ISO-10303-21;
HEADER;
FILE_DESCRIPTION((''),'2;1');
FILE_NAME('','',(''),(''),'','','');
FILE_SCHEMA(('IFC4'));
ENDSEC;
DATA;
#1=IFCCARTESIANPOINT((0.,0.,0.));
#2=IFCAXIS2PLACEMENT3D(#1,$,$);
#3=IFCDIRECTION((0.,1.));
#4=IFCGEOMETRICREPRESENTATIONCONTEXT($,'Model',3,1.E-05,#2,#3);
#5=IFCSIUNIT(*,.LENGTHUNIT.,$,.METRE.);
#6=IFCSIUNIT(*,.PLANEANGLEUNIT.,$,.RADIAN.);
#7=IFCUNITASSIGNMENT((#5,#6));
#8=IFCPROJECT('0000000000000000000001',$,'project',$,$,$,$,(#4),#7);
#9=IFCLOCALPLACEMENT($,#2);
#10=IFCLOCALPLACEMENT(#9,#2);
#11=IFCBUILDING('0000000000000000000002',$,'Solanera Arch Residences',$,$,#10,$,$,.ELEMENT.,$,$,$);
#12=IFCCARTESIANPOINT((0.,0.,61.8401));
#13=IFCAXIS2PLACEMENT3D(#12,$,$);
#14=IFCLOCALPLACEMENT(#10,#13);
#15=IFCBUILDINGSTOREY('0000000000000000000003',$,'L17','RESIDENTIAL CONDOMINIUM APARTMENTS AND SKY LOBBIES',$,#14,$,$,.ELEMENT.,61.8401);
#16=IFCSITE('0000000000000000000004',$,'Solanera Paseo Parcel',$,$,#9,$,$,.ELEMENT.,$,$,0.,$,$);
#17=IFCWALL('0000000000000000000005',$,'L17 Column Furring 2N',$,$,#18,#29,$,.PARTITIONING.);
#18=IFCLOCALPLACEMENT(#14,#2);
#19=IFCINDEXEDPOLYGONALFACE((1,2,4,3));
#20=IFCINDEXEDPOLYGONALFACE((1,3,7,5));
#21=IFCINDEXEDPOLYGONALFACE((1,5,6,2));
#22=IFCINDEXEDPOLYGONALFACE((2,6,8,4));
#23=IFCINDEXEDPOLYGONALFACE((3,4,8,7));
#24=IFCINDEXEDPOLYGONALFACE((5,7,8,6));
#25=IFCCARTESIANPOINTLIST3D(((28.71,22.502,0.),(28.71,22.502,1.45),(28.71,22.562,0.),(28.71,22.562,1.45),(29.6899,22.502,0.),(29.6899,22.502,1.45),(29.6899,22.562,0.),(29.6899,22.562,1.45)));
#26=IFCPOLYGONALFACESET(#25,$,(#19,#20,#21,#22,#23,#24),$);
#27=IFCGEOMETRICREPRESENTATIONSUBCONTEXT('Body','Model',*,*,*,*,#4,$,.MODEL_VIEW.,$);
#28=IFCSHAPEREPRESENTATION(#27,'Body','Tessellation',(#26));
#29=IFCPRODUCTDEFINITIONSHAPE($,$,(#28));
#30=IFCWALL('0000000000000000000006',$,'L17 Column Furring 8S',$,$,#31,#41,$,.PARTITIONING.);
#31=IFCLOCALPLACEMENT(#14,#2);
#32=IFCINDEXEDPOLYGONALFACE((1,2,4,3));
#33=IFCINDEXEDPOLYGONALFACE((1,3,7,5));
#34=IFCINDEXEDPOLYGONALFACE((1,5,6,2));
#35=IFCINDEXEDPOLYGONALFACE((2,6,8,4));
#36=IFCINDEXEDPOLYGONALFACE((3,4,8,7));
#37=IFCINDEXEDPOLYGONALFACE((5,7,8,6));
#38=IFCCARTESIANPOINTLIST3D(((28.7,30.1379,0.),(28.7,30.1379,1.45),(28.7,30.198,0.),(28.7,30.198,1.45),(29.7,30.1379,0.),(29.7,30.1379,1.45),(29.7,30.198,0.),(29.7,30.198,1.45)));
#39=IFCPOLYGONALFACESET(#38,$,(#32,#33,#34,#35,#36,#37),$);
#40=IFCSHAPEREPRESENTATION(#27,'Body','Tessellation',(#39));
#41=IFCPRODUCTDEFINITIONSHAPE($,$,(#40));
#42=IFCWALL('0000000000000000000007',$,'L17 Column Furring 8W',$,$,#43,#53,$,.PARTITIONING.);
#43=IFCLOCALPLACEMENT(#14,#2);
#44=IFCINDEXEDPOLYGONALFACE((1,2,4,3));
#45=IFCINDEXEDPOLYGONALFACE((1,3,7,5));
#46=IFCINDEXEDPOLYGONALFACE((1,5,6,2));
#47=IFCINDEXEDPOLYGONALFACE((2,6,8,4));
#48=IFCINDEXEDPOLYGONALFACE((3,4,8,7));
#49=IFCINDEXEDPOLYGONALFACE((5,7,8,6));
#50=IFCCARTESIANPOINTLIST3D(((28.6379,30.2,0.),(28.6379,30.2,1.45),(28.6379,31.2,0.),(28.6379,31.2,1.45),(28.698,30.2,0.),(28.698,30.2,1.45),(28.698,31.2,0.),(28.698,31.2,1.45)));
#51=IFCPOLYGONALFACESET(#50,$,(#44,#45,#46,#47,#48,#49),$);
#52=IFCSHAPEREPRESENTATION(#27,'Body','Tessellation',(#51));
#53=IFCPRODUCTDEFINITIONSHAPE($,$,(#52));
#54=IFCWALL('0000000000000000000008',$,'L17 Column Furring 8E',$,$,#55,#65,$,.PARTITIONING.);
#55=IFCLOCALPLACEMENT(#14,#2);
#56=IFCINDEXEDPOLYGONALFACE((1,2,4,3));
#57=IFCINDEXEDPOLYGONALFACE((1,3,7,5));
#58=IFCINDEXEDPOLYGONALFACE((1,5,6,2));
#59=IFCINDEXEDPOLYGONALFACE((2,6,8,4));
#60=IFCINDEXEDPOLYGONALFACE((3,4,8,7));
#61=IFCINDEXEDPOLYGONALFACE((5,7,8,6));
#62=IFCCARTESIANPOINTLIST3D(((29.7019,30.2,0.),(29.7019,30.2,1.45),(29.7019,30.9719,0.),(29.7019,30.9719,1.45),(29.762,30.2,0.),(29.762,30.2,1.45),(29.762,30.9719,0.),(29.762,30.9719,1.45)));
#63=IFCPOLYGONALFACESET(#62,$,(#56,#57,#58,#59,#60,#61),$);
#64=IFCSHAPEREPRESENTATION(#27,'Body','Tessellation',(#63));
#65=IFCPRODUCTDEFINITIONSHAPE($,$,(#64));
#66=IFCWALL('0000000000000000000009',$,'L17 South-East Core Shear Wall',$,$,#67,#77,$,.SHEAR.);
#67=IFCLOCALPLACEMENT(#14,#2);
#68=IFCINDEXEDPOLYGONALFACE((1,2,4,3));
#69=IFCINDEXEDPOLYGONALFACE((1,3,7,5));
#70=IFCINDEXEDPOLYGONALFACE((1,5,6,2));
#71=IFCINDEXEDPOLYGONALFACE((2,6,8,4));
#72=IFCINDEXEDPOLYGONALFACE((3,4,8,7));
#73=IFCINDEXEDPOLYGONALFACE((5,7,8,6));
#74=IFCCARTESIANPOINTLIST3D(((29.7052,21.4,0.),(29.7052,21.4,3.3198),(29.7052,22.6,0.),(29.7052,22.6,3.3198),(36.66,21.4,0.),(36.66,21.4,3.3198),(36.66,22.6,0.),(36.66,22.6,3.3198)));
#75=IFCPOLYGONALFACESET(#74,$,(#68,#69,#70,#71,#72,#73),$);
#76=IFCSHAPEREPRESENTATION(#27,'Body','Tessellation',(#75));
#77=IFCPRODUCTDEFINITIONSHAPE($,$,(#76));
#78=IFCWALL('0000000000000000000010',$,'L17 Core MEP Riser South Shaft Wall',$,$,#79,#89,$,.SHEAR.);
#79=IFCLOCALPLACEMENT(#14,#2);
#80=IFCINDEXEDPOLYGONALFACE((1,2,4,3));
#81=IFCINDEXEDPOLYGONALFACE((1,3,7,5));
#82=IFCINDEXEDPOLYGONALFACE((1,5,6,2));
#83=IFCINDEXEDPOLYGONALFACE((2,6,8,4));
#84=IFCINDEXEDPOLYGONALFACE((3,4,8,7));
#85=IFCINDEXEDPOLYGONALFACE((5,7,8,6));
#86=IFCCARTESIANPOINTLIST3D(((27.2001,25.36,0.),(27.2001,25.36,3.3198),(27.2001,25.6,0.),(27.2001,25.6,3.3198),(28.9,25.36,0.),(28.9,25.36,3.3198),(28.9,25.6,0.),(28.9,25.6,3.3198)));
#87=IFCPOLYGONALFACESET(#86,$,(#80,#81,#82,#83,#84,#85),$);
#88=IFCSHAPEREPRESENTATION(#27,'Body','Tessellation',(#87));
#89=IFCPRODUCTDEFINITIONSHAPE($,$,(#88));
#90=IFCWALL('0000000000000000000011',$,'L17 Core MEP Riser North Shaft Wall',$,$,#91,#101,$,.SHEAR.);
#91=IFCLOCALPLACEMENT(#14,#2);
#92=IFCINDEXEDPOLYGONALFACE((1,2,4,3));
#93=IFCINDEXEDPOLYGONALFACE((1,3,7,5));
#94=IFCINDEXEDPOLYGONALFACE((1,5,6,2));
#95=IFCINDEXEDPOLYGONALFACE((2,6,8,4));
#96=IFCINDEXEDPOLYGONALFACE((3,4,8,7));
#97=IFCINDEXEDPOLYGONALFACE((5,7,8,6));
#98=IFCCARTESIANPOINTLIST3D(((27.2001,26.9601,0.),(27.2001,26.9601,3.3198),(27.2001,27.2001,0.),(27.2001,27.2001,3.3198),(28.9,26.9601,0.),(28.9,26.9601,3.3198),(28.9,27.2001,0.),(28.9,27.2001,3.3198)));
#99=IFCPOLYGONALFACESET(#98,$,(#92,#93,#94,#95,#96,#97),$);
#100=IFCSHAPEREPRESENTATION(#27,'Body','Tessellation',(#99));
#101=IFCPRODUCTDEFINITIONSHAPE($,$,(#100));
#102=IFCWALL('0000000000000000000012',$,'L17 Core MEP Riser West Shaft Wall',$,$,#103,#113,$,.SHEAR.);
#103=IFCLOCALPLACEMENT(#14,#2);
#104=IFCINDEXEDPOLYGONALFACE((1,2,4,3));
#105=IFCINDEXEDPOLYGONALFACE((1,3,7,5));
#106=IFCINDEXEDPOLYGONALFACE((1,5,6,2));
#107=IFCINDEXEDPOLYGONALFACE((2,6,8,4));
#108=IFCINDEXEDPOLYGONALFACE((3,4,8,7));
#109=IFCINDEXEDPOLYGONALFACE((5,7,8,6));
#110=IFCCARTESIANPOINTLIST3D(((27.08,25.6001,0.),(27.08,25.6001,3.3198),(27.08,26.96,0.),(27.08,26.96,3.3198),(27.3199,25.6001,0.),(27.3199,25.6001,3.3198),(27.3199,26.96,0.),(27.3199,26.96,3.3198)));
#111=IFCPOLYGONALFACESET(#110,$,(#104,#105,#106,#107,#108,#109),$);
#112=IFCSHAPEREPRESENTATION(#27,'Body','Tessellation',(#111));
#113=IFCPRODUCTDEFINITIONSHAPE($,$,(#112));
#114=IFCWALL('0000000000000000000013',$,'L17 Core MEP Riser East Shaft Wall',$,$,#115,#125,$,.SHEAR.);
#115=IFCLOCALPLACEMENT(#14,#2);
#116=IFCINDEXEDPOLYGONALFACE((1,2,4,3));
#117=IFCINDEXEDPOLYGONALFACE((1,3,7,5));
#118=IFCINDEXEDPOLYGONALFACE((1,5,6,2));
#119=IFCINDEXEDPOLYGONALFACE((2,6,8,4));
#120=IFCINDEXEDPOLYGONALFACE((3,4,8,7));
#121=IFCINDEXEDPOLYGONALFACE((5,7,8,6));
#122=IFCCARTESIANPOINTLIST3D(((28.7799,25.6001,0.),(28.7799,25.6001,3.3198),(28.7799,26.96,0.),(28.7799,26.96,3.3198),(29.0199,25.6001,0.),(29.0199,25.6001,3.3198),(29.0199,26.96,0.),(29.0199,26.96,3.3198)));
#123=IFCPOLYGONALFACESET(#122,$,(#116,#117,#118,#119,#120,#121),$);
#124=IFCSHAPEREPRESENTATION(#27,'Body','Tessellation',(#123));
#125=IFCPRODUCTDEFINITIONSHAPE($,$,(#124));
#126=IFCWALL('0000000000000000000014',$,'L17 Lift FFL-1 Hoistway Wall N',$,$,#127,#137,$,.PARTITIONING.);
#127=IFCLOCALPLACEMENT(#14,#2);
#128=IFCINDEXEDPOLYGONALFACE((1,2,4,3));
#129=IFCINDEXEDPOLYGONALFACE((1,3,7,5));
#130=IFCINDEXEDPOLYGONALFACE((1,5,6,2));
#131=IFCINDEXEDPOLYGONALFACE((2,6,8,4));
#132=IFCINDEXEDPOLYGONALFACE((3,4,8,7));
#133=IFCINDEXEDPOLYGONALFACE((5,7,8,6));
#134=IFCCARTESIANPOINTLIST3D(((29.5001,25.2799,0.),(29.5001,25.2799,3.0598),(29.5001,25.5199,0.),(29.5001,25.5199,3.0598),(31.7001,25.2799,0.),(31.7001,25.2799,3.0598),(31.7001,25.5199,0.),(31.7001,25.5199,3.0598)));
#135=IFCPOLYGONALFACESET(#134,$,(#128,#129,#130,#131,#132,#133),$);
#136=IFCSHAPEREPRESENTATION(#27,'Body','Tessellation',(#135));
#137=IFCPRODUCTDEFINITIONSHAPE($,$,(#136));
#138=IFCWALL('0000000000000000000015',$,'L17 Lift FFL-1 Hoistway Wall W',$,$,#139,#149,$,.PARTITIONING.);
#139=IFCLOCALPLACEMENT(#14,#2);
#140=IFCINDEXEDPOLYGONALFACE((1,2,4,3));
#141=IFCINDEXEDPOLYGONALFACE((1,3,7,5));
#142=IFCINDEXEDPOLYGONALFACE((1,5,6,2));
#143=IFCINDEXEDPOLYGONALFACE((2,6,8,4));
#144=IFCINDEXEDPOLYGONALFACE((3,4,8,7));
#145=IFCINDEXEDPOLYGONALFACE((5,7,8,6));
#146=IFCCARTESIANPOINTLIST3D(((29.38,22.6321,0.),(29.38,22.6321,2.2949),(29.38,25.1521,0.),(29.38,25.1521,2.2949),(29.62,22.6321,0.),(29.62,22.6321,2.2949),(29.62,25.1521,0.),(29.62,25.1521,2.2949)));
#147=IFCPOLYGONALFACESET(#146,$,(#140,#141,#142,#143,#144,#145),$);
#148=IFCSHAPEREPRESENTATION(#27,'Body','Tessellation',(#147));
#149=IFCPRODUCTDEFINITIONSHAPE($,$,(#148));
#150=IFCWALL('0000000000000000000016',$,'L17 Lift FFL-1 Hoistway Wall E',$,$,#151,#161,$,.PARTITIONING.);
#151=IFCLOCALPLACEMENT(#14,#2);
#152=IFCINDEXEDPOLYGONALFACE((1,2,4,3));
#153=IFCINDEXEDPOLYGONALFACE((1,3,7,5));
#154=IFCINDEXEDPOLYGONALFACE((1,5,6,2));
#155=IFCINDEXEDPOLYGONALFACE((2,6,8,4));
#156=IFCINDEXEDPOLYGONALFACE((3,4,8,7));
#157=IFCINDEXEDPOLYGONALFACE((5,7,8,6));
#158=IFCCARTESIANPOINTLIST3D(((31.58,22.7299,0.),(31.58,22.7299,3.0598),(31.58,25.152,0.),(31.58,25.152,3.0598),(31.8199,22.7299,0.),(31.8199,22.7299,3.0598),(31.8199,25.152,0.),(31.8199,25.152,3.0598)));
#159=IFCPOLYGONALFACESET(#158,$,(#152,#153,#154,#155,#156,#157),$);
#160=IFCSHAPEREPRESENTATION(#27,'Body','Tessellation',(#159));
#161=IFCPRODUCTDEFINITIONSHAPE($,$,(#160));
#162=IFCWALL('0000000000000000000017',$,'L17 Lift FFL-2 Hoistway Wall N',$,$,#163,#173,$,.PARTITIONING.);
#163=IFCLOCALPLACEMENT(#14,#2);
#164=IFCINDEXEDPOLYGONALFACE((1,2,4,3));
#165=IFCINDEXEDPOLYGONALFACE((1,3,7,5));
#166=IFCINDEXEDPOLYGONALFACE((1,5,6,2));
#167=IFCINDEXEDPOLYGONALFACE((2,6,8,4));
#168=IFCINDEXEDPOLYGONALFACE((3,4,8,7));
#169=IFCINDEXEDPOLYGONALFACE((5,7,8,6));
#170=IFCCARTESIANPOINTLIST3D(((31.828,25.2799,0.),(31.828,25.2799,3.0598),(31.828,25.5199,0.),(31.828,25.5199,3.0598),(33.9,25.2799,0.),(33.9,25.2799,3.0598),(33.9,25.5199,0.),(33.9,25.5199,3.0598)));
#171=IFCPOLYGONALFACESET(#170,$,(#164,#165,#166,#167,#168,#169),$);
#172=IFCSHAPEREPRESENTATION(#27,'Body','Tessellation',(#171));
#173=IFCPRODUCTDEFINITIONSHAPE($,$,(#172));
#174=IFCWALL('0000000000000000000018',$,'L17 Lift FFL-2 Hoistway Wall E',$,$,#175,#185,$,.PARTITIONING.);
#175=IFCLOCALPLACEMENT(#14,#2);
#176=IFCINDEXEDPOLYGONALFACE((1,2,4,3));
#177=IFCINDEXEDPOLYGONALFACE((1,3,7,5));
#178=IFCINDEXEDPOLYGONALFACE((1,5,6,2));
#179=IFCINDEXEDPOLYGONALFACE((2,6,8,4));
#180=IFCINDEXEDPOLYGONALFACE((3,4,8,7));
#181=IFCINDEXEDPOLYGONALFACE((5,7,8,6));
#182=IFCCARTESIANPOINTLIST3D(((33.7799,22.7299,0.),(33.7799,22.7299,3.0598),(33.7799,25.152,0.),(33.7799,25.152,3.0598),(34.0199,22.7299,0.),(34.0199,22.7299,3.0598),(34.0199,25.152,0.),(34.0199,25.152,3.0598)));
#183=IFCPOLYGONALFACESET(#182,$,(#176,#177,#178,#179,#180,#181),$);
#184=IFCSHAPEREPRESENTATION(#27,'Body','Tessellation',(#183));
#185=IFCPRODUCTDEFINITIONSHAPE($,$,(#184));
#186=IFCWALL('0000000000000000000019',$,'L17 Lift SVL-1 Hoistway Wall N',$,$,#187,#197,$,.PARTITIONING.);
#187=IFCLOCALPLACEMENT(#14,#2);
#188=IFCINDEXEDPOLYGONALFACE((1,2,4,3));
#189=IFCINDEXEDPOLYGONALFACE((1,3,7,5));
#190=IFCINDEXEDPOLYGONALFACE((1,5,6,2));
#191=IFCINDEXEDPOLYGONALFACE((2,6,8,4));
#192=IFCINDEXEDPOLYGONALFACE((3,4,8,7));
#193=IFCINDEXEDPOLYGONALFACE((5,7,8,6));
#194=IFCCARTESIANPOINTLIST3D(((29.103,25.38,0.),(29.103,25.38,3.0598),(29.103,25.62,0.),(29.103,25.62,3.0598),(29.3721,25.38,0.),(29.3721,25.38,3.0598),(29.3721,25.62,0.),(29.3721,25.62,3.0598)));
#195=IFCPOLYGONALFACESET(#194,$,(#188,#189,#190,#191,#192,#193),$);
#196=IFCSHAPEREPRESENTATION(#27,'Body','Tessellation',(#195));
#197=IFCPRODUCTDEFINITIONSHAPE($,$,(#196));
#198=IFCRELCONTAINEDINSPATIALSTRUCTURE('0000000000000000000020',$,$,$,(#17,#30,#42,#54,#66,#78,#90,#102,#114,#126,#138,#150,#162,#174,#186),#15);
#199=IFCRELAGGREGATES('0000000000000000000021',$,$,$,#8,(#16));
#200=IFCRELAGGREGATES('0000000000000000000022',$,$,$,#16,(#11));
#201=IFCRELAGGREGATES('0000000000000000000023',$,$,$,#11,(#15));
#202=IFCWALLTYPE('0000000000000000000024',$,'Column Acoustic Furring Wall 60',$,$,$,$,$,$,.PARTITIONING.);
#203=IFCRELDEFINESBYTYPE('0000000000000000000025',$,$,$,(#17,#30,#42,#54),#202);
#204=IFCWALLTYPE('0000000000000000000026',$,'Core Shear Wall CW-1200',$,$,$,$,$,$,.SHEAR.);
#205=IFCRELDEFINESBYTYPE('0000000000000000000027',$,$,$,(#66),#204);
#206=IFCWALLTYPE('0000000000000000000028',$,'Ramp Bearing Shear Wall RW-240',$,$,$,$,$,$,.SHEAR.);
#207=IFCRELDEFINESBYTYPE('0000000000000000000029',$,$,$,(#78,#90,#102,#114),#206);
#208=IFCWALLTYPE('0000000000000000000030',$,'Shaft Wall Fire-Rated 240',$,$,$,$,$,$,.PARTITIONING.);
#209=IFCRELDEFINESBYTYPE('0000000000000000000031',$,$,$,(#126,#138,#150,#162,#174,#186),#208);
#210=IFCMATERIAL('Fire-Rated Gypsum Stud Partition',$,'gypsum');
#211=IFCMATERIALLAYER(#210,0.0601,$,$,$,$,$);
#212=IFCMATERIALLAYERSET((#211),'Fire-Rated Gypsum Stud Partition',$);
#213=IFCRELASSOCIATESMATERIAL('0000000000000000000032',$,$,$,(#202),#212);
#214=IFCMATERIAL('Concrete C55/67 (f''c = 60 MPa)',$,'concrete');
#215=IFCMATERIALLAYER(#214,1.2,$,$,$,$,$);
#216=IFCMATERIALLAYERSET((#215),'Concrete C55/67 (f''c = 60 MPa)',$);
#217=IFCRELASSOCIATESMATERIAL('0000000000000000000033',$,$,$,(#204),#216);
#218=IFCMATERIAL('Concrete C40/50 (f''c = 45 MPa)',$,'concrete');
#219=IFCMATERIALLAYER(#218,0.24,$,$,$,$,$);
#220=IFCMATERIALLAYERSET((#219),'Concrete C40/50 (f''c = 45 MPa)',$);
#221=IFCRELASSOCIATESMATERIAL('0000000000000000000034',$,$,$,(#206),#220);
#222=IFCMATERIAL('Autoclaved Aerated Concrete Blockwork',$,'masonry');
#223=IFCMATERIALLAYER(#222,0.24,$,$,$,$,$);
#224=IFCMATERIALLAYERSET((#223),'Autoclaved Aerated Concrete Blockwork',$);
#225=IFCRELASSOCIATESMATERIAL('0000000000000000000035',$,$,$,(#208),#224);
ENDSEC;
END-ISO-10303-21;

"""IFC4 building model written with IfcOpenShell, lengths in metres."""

from ifc_helpers import new_model, si_unit, direction, frame, frame_2d, origin, place, context, subcontext, project, spatial, rectangle, extrude, material, layer, layer_set, type_object, element, save


model = new_model("IFC4")

# Units and contexts
model_context = context("Model", 3, precision=1e-05, world=origin(), true_north=direction((0.0, 1.0)))
body_context = subcontext(model_context, "Body", "Model", "MODEL_VIEW")
ifc_project = project(units=[si_unit("LENGTHUNIT", "METRE"), si_unit("PLANEANGLEUNIT", "RADIAN")], contexts=[model_context])

# Site, building, storey
site_placement = place(None, origin())
site = spatial("IfcSite", under=ifc_project, at=site_placement, Name="Solanera Paseo Parcel", CompositionType="ELEMENT", RefElevation=0.0)
building_placement = place(site_placement, origin())
building = spatial("IfcBuilding", under=site, at=building_placement, Name="Solanera Arch Residences", CompositionType="ELEMENT")
storey_placement = place(building_placement, frame((0.0, 0.0, 61.8401)))
storey = spatial("IfcBuildingStorey", under=building, at=storey_placement, Name="L17", Description="RESIDENTIAL CONDOMINIUM APARTMENTS AND SKY LOBBIES", CompositionType="ELEMENT", Elevation=61.8401)

# Walls
ifc_material_1 = material(Name="Fire-Rated Gypsum Stud Partition", Category="gypsum")
ifc_layer_1 = layer(ifc_material_1, 0.0601)
ifc_layer_set_1 = layer_set([ifc_layer_1], Name="Fire-Rated Gypsum Stud Partition")
wall_type_1 = type_object("IfcWallType", Name="Column Acoustic Furring Wall 60", PredefinedType="PARTITIONING", material=ifc_layer_set_1)
wall_1_placement = place(storey_placement, frame((28.71, 22.532, 0.0), z_axis=(0.0, 0.0, 1.0), x_axis=(1.0, 0.0, 0.0)))
element("IfcWall", 1, at=wall_1_placement, inside=storey, type_object=wall_type_1, Name="L17 Column Furring 2N", PredefinedType="PARTITIONING", context=body_context, shape_type="SweptSolid", body=[
    extrude(rectangle(XDim=0.98, YDim=0.0601, at=frame_2d((0.49, 0.0))), origin(), (0.0, 0.0, 1.0), 1.45),
])
for number, where, z_axis, x_axis, name in (
    (2, (28.7, 30.168, 0.0), (0.0, 0.0, 1.0), (1.0, 0.0, 0.0), "L17 Column Furring 8S"),
    (3, (28.668, 30.2, 0.0), (0.0, 0.0, 1.0), (0.0, 1.0, 0.0), "L17 Column Furring 8W"),
):
    element("IfcWall", number, at=place(storey_placement, frame(where, z_axis=z_axis, x_axis=x_axis)), inside=storey, type_object=wall_type_1, Name=name, PredefinedType="PARTITIONING", context=body_context, shape_type="SweptSolid", body=[
        extrude(rectangle(XDim=1.0, YDim=0.0601, at=frame_2d((0.5, 0.0))), origin(), (0.0, 0.0, 1.0), 1.45),
    ])
wall_2_placement = place(storey_placement, frame((29.7319, 30.2, 0.0), z_axis=(0.0, 0.0, 1.0), x_axis=(0.0, 1.0, 0.0)))
element("IfcWall", 4, at=wall_2_placement, inside=storey, type_object=wall_type_1, Name="L17 Column Furring 8E", PredefinedType="PARTITIONING", context=body_context, shape_type="SweptSolid", body=[
    extrude(rectangle(XDim=0.772, YDim=0.0601, at=frame_2d((0.386, 0.0))), origin(), (0.0, 0.0, 1.0), 1.45),
])
ifc_material_2 = material(Name="Concrete C55/67 (f'c = 60 MPa)", Category="concrete")
ifc_layer_2 = layer(ifc_material_2, 1.2)
ifc_layer_set_2 = layer_set([ifc_layer_2], Name="Concrete C55/67 (f'c = 60 MPa)")
wall_type_2 = type_object("IfcWallType", Name="Core Shear Wall CW-1200", PredefinedType="SHEAR", material=ifc_layer_set_2)
wall_3_placement = place(storey_placement, frame((29.7051, 22.0, 0.0), z_axis=(0.0, 0.0, 1.0), x_axis=(1.0, 0.0, 0.0)))
element("IfcWall", 5, at=wall_3_placement, inside=storey, type_object=wall_type_2, Name="L17 South-East Core Shear Wall", PredefinedType="SHEAR", context=body_context, shape_type="SweptSolid", body=[
    extrude(rectangle(XDim=6.9548, YDim=1.2, at=frame_2d((3.4775, 0.0))), origin(), (0.0, 0.0, 1.0), 3.3198),
])
ifc_material_3 = material(Name="Concrete C40/50 (f'c = 45 MPa)", Category="concrete")
ifc_layer_3 = layer(ifc_material_3, 0.24)
ifc_layer_set_3 = layer_set([ifc_layer_3], Name="Concrete C40/50 (f'c = 45 MPa)")
wall_type_3 = type_object("IfcWallType", Name="Ramp Bearing Shear Wall RW-240", PredefinedType="SHEAR", material=ifc_layer_set_3)
for number, where, z_axis, x_axis, name in (
    (6, (27.2, 25.48, 0.0), (0.0, 0.0, 1.0), (1.0, 0.0, 0.0), "L17 Core MEP Riser South Shaft Wall"),
    (7, (27.2, 27.0801, 0.0), (0.0, 0.0, 1.0), (1.0, 0.0, 0.0), "L17 Core MEP Riser North Shaft Wall"),
):
    element("IfcWall", number, at=place(storey_placement, frame(where, z_axis=z_axis, x_axis=x_axis)), inside=storey, type_object=wall_type_3, Name=name, PredefinedType="SHEAR", context=body_context, shape_type="SweptSolid", body=[
        extrude(rectangle(XDim=1.7, YDim=0.24, at=frame_2d((0.8501, 0.0))), origin(), (0.0, 0.0, 1.0), 3.3198),
    ])
for number, where, z_axis, x_axis, name in (
    (8, (27.2, 25.6001, 0.0), (0.0, 0.0, 1.0), (0.0, 1.0, 0.0), "L17 Core MEP Riser West Shaft Wall"),
    (9, (28.8999, 25.6001, 0.0), (0.0, 0.0, 1.0), (0.0, 1.0, 0.0), "L17 Core MEP Riser East Shaft Wall"),
):
    element("IfcWall", number, at=place(storey_placement, frame(where, z_axis=z_axis, x_axis=x_axis)), inside=storey, type_object=wall_type_3, Name=name, PredefinedType="SHEAR", context=body_context, shape_type="SweptSolid", body=[
        extrude(rectangle(XDim=1.3599, YDim=0.24, at=frame_2d((0.6799, 0.0))), origin(), (0.0, 0.0, 1.0), 3.3198),
    ])
ifc_material_4 = material(Name="Autoclaved Aerated Concrete Blockwork", Category="masonry")
ifc_layer_4 = layer(ifc_material_4, 0.24)
ifc_layer_set_4 = layer_set([ifc_layer_4], Name="Autoclaved Aerated Concrete Blockwork")
wall_type_4 = type_object("IfcWallType", Name="Shaft Wall Fire-Rated 240", PredefinedType="PARTITIONING", material=ifc_layer_set_4)
wall_4_placement = place(storey_placement, frame((29.5, 25.3999, 0.0), z_axis=(0.0, 0.0, 1.0), x_axis=(1.0, 0.0, 0.0)))
element("IfcWall", 10, at=wall_4_placement, inside=storey, type_object=wall_type_4, Name="L17 Lift FFL-1 Hoistway Wall N", PredefinedType="PARTITIONING", context=body_context, shape_type="SweptSolid", body=[
    extrude(rectangle(XDim=2.2, YDim=0.24, at=frame_2d((1.1001, 0.0))), origin(), (0.0, 0.0, 1.0), 3.0598),
])
wall_5_placement = place(storey_placement, frame((29.5, 22.6321, 0.0), z_axis=(0.0, 0.0, 1.0), x_axis=(0.0, 1.0, 0.0)))
element("IfcWall", 11, at=wall_5_placement, inside=storey, type_object=wall_type_4, Name="L17 Lift FFL-1 Hoistway Wall W", PredefinedType="PARTITIONING", context=body_context, shape_type="SweptSolid", body=[
    extrude(rectangle(XDim=2.52, YDim=0.24, at=frame_2d((1.26, 0.0))), origin(), (0.0, 0.0, 1.0), 2.2949),
])
wall_6_placement = place(storey_placement, frame((31.7, 22.73, 0.0), z_axis=(0.0, 0.0, 1.0), x_axis=(0.0, 1.0, 0.0)))
element("IfcWall", 12, at=wall_6_placement, inside=storey, type_object=wall_type_4, Name="L17 Lift FFL-1 Hoistway Wall E", PredefinedType="PARTITIONING", context=body_context, shape_type="SweptSolid", body=[
    extrude(rectangle(XDim=2.4221, YDim=0.24, at=frame_2d((1.2109, 0.0))), origin(), (0.0, 0.0, 1.0), 3.0598),
])
wall_7_placement = place(storey_placement, frame((31.8279, 25.3999, 0.0), z_axis=(0.0, 0.0, 1.0), x_axis=(1.0, 0.0, 0.0)))
element("IfcWall", 13, at=wall_7_placement, inside=storey, type_object=wall_type_4, Name="L17 Lift FFL-2 Hoistway Wall N", PredefinedType="PARTITIONING", context=body_context, shape_type="SweptSolid", body=[
    extrude(rectangle(XDim=2.072, YDim=0.24, at=frame_2d((1.0361, 0.0))), origin(), (0.0, 0.0, 1.0), 3.0598),
])
wall_8_placement = place(storey_placement, frame((33.8999, 22.73, 0.0), z_axis=(0.0, 0.0, 1.0), x_axis=(0.0, 1.0, 0.0)))
element("IfcWall", 14, at=wall_8_placement, inside=storey, type_object=wall_type_4, Name="L17 Lift FFL-2 Hoistway Wall E", PredefinedType="PARTITIONING", context=body_context, shape_type="SweptSolid", body=[
    extrude(rectangle(XDim=2.4221, YDim=0.24, at=frame_2d((1.2109, 0.0))), origin(), (0.0, 0.0, 1.0), 3.0598),
])
wall_9_placement = place(storey_placement, frame((29.103, 25.5, 0.0), z_axis=(0.0, 0.0, 1.0), x_axis=(1.0, 0.0, 0.0)))
element("IfcWall", 15, at=wall_9_placement, inside=storey, type_object=wall_type_4, Name="L17 Lift SVL-1 Hoistway Wall N", PredefinedType="PARTITIONING", context=body_context, shape_type="SweptSolid", body=[
    extrude(rectangle(XDim=0.269, YDim=0.24, at=frame_2d((0.1345, 0.0))), origin(), (0.0, 0.0, 1.0), 3.0598),
])

save(model, "model.ifc")
